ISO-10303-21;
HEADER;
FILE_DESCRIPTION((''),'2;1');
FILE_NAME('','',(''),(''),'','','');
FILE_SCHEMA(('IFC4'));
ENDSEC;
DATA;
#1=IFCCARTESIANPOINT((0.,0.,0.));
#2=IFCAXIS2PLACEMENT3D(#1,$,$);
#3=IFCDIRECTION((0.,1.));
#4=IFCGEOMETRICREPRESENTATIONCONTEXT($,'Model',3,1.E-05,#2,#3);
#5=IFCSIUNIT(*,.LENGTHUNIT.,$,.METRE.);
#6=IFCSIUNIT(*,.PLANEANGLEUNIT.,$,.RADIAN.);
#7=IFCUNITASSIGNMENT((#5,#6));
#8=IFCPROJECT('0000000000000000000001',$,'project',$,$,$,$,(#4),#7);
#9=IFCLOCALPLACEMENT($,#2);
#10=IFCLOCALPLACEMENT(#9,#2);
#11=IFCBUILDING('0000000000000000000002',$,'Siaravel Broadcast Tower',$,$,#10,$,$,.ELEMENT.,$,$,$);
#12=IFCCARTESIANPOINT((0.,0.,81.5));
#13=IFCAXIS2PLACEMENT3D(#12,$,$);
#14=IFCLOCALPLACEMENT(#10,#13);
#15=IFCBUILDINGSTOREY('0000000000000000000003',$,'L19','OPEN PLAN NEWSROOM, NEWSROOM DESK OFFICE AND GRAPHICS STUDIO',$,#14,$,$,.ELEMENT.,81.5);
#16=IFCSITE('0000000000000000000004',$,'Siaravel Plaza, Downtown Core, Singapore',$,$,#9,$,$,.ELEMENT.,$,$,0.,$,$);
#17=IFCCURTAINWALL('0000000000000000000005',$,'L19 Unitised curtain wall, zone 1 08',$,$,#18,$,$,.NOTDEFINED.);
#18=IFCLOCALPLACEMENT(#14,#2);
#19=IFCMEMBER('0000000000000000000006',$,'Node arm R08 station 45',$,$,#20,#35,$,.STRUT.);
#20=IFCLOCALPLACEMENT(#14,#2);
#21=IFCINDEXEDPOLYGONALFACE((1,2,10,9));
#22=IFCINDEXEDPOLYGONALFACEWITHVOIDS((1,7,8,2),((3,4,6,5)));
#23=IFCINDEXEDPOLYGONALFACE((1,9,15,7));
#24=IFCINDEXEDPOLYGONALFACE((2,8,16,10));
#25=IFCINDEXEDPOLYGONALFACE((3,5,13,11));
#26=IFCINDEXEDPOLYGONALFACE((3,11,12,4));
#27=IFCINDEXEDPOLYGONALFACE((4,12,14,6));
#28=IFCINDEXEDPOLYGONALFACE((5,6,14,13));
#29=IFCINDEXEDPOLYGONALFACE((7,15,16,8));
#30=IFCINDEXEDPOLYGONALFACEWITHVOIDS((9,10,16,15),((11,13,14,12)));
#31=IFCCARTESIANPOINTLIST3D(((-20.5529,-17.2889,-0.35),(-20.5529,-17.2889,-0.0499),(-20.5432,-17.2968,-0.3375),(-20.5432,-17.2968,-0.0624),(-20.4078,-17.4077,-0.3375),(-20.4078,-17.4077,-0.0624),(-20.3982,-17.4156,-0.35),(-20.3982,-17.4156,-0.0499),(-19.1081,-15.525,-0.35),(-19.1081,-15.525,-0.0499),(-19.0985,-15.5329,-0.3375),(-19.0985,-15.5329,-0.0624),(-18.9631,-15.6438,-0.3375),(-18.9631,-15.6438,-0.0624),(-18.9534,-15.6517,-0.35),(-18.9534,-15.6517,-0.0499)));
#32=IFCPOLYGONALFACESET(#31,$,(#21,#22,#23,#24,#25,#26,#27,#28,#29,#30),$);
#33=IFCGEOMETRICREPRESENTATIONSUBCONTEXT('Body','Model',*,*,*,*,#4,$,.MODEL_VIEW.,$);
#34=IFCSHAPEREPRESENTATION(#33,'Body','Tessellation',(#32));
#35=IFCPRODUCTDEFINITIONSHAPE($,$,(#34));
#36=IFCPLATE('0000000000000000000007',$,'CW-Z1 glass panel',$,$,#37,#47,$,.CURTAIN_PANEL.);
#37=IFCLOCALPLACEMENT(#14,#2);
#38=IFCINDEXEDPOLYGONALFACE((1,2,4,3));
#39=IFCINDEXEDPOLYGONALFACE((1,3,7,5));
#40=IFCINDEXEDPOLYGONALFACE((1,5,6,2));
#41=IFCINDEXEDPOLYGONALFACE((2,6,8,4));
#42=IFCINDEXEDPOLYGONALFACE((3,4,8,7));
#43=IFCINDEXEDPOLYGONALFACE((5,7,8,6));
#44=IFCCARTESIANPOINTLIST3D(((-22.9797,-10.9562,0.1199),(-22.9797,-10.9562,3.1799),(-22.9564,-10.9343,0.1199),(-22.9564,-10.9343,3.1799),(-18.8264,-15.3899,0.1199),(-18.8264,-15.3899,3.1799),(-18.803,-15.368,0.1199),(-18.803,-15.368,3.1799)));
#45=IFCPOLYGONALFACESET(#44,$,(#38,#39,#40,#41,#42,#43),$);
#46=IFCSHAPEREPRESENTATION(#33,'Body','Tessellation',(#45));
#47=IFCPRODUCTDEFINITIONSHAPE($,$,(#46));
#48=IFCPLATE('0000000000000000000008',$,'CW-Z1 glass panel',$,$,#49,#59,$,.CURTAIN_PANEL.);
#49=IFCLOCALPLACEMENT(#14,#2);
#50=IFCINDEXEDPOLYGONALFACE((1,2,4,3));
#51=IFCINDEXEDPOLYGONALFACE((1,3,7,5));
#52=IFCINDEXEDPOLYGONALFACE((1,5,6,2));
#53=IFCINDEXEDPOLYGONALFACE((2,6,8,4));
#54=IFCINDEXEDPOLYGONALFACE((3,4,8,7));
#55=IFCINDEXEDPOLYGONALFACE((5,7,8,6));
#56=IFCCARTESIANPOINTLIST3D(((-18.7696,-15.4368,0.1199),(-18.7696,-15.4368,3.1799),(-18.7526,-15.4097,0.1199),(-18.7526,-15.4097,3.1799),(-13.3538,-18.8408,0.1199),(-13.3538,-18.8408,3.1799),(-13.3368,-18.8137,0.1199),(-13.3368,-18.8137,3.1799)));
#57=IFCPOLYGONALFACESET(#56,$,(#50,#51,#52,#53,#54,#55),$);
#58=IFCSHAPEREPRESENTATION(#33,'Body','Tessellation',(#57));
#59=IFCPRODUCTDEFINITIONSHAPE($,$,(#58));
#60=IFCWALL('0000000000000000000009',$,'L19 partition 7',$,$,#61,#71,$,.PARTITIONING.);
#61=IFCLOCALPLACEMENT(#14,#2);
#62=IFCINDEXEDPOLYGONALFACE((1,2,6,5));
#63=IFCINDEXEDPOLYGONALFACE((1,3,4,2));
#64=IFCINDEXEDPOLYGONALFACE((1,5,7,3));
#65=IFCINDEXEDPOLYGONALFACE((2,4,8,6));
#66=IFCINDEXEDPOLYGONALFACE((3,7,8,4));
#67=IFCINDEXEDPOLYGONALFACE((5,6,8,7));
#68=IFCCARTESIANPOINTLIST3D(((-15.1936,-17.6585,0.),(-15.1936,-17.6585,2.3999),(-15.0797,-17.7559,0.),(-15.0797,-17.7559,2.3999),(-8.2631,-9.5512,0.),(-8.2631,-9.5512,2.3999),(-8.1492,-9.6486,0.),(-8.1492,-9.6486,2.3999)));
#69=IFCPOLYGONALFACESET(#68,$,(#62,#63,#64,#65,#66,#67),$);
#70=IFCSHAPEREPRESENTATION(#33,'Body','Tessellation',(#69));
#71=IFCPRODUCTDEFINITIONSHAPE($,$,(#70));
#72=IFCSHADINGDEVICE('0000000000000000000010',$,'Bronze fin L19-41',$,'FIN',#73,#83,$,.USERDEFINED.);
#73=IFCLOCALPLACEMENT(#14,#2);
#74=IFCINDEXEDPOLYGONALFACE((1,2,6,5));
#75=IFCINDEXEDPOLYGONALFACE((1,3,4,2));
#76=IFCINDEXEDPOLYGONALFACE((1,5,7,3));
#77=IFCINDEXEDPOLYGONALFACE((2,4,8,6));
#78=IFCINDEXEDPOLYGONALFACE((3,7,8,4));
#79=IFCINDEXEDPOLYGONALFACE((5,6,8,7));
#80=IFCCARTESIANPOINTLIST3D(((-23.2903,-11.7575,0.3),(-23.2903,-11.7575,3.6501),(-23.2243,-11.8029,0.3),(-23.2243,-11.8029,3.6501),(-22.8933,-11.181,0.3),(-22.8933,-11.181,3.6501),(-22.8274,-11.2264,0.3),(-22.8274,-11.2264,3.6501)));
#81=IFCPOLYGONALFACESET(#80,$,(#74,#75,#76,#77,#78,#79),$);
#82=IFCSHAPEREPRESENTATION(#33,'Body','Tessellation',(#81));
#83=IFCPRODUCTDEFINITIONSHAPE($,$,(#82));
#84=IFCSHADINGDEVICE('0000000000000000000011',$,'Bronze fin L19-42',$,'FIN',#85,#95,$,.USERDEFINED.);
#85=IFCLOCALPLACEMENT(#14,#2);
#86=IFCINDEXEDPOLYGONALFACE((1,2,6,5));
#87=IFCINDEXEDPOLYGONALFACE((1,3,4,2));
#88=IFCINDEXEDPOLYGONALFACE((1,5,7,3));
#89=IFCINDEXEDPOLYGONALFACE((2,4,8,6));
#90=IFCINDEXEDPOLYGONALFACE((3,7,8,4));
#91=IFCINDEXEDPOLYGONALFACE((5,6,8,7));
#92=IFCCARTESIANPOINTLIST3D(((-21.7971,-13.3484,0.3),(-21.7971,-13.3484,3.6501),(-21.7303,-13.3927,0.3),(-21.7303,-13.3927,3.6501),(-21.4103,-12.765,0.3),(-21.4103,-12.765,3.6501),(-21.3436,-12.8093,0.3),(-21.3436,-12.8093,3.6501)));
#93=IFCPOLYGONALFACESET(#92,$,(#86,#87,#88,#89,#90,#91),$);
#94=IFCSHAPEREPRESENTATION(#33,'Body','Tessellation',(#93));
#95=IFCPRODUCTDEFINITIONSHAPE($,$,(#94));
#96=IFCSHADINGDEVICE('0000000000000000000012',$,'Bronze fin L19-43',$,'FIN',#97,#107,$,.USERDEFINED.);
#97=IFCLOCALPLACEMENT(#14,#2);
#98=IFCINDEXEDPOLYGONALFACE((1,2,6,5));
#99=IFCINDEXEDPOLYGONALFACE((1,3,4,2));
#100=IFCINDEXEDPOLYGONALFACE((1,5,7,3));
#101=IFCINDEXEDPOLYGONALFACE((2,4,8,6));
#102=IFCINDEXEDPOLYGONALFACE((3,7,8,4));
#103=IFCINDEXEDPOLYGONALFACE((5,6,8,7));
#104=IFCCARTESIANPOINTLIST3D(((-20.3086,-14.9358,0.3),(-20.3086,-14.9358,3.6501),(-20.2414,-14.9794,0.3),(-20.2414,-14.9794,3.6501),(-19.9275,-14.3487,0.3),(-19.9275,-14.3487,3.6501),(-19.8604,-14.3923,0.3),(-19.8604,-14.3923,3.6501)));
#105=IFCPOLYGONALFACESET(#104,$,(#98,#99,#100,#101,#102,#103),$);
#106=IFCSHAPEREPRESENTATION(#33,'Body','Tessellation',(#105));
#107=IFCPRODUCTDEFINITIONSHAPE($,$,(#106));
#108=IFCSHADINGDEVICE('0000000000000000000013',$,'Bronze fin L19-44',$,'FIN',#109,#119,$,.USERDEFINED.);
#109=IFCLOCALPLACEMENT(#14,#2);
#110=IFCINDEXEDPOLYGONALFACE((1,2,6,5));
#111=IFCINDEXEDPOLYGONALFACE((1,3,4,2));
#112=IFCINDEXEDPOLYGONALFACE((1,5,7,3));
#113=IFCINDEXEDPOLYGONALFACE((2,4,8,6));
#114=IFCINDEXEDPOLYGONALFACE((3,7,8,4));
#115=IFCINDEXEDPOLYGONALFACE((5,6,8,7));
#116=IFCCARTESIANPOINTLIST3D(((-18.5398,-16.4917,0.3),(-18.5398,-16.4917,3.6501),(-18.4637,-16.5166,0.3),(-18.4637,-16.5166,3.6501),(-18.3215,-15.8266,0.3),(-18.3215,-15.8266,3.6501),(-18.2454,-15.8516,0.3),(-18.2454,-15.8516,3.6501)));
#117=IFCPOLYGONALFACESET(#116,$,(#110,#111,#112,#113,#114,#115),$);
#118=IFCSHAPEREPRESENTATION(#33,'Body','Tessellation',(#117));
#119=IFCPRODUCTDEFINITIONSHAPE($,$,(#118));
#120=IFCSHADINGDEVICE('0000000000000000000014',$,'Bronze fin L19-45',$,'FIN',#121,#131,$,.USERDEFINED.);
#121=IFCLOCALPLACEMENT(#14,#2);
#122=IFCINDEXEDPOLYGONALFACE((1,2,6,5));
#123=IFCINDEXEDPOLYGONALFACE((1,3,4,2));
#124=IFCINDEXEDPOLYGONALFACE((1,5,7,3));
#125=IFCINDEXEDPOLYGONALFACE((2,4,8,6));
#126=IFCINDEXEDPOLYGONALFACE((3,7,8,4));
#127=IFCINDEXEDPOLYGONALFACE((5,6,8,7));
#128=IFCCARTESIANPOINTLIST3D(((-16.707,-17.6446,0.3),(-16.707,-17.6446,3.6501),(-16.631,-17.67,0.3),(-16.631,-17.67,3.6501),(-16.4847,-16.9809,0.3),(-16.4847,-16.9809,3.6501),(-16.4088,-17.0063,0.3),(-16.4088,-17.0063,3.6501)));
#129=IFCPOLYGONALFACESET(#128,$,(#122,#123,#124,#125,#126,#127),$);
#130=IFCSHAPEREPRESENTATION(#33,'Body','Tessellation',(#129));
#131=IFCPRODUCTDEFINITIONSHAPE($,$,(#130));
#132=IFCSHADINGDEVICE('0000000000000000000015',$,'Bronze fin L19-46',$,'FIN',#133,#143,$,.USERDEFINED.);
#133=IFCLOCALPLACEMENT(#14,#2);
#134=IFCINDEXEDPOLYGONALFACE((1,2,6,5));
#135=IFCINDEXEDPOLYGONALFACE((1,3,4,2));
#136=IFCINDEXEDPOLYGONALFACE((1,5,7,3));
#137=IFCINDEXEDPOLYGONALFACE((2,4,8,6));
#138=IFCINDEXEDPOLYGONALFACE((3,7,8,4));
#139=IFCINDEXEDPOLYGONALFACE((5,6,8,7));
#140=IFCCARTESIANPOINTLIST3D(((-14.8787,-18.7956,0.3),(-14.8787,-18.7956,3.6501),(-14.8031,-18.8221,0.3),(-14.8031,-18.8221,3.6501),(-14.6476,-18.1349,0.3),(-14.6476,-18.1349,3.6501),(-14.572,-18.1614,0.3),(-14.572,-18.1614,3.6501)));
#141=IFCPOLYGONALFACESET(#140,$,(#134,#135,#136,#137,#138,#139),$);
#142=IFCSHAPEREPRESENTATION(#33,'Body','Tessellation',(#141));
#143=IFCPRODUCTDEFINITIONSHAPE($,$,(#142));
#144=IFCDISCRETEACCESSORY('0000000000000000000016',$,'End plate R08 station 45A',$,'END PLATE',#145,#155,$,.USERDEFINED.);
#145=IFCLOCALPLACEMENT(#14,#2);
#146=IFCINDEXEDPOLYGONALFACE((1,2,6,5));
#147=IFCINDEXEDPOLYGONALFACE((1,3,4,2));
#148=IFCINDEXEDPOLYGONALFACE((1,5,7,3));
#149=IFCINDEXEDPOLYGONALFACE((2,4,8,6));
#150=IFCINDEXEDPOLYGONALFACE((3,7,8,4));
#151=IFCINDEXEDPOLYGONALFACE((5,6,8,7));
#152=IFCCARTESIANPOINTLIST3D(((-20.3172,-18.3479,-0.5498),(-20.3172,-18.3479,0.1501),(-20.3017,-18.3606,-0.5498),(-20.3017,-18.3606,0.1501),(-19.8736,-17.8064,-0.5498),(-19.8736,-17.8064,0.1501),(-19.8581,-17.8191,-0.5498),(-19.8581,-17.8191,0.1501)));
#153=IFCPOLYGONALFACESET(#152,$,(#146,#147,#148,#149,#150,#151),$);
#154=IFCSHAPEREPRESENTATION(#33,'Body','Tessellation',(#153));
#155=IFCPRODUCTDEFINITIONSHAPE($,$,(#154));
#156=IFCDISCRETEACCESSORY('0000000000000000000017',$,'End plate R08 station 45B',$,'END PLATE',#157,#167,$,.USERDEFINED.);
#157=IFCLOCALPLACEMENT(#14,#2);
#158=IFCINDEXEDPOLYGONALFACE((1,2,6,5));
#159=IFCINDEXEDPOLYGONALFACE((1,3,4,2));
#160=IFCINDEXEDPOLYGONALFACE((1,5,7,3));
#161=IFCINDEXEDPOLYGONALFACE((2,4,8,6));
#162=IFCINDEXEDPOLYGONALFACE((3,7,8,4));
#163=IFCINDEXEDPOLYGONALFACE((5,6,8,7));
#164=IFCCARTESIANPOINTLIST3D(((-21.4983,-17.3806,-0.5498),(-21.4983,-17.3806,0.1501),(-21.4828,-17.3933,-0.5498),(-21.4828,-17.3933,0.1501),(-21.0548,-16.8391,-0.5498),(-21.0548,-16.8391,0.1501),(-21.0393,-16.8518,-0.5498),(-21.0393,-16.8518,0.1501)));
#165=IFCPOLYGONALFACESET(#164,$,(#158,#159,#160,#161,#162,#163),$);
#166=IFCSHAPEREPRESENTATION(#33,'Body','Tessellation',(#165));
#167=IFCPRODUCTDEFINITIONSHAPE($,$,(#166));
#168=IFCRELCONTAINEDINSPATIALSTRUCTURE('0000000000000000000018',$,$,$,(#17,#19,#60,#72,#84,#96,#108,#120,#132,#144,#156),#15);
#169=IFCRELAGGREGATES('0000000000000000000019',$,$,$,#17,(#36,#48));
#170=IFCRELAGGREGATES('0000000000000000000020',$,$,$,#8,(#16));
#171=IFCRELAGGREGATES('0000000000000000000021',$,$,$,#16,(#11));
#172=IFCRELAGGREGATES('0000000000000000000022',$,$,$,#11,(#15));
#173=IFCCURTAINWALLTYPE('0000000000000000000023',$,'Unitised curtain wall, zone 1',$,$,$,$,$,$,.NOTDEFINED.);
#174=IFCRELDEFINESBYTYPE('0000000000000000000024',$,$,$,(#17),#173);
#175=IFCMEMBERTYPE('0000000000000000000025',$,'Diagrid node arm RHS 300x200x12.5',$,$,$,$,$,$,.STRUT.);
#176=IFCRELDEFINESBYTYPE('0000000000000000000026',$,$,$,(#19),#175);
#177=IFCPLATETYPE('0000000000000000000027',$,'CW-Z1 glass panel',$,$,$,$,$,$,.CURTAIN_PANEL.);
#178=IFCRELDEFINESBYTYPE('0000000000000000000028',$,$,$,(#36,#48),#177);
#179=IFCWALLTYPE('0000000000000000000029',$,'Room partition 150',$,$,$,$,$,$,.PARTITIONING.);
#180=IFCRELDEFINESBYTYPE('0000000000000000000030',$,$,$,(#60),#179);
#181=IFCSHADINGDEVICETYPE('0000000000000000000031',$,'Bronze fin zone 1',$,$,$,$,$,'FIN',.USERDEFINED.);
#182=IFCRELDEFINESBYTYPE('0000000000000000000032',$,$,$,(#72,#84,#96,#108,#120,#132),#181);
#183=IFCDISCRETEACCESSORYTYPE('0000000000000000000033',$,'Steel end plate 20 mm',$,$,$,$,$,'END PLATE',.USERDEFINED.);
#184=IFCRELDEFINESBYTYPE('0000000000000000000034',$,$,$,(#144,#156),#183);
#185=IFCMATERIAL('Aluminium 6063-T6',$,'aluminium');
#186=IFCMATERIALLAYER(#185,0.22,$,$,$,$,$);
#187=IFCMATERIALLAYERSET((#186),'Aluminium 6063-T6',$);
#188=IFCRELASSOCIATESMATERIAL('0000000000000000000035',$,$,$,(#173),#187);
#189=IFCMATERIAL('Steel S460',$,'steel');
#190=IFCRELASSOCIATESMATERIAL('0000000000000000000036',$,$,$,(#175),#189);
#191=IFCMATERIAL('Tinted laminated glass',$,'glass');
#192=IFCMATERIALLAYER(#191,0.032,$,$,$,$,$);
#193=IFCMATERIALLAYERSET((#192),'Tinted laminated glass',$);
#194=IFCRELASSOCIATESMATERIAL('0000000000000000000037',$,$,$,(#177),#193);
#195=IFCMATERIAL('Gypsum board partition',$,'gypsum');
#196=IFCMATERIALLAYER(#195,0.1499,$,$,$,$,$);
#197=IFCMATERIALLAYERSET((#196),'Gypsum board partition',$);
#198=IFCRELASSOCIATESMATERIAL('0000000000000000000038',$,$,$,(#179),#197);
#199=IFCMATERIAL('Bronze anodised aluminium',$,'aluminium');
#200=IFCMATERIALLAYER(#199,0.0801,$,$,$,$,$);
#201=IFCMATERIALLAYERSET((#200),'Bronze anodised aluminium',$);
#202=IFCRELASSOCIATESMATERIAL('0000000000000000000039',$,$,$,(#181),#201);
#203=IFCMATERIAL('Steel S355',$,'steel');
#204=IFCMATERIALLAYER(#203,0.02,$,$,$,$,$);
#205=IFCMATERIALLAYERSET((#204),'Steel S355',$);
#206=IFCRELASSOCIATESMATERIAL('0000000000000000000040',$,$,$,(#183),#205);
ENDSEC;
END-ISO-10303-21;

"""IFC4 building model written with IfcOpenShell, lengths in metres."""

from ifc_helpers import new_model, si_unit, direction, frame, frame_2d, origin, origin_2d, place, context, subcontext, project, spatial, rectangle, hollow_rectangle, extrude, material, layer, layer_set, material_profile, profile_set, type_object, element, aggregate, save


model = new_model("IFC4")

# Units and contexts
model_context = context("Model", 3, precision=1e-05, world=origin(), true_north=direction((0.0, 1.0)))
body_context = subcontext(model_context, "Body", "Model", "MODEL_VIEW")
ifc_project = project(units=[si_unit("LENGTHUNIT", "METRE"), si_unit("PLANEANGLEUNIT", "RADIAN")], contexts=[model_context])

# Site, building, storey
site_placement = place(None, origin())
site = spatial("IfcSite", under=ifc_project, at=site_placement, Name="Siaravel Plaza, Downtown Core, Singapore", CompositionType="ELEMENT", RefElevation=0.0)
building_placement = place(site_placement, origin())
building = spatial("IfcBuilding", under=site, at=building_placement, Name="Siaravel Broadcast Tower", CompositionType="ELEMENT")
storey_placement = place(building_placement, frame((0.0, 0.0, 81.5)))
storey = spatial("IfcBuildingStorey", under=building, at=storey_placement, Name="L19", Description="OPEN PLAN NEWSROOM, NEWSROOM DESK OFFICE AND GRAPHICS STUDIO", CompositionType="ELEMENT", Elevation=81.5)

# Shared definitions
ifc_material_1 = material(Name="Steel S355", Category="steel")

# Curtain wall
ifc_material_2 = material(Name="Aluminium 6063-T6", Category="aluminium")
ifc_layer_1 = layer(ifc_material_2, 0.22)
ifc_layer_set_1 = layer_set([ifc_layer_1], Name="Aluminium 6063-T6")
curtain_wall_type = type_object("IfcCurtainWallType", Name="Unitised curtain wall, zone 1", PredefinedType="NOTDEFINED", material=ifc_layer_set_1)
curtain_wall_placement = place(storey_placement, origin())
curtain_wall = element("IfcCurtainWall", 1, at=curtain_wall_placement, inside=storey, type_object=curtain_wall_type, Name="L19 Unitised curtain wall, zone 1 08", PredefinedType="NOTDEFINED")

# Member
ifc_material_3 = material(Name="Steel S460", Category="steel")
ifc_material_profile_1 = material_profile(ifc_material_3, hollow_rectangle(XDim=0.2, YDim=0.3, WallThickness=0.0125, at=origin_2d()))
ifc_profile_set_1 = profile_set([ifc_material_profile_1], Name="Steel S460")
member_type_1 = type_object("IfcMemberType", Name="Diagrid node arm RHS 300x200x12.5", PredefinedType="STRUT", material=ifc_profile_set_1)
member_1_placement = place(storey_placement, frame((-19.0308, -15.5884, -0.2), z_axis=(-0.633663, -0.773609, 0.0), x_axis=(0.773609, -0.633663, 0.0)))
element("IfcMember", 2, at=member_1_placement, inside=storey, type_object=member_type_1, Name="Node arm R08 station 45", PredefinedType="STRUT", context=body_context, shape_type="SweptSolid", body=[
    extrude(hollow_rectangle(XDim=0.2, YDim=0.3, WallThickness=0.0125, at=origin_2d()), origin(), (0.0, 0.0, 1.0), 2.28),
])

# Plates
ifc_material_4 = material(Name="Tinted laminated glass", Category="glass")
ifc_layer_2 = layer(ifc_material_4, 0.032)
ifc_layer_set_2 = layer_set([ifc_layer_2], Name="Tinted laminated glass")
plate_type = type_object("IfcPlateType", Name="CW-Z1 glass panel", PredefinedType="CURTAIN_PANEL", material=ifc_layer_set_2)
plate_1_placement = place(storey_placement, frame((-20.8914, -13.1621, 0.1199), z_axis=(0.0, 0.0, 1.0), x_axis=(0.683655, -0.729806, 0.0)))
plate_1 = element("IfcPlate", 3, at=plate_1_placement, type_object=plate_type, Name="CW-Z1 glass panel", PredefinedType="CURTAIN_PANEL", context=body_context, shape_type="SweptSolid", body=[
    extrude(rectangle(XDim=6.0752, YDim=0.032, at=origin_2d()), origin(), (0.0, 0.0, 1.0), 3.0601),
])
plate_2_placement = place(storey_placement, frame((-16.0532, -17.1252, 0.1199), z_axis=(0.0, 0.0, 1.0), x_axis=(0.84665, -0.53215, 0.0)))
plate_2 = element("IfcPlate", 4, at=plate_2_placement, type_object=plate_type, Name="CW-Z1 glass panel", PredefinedType="CURTAIN_PANEL", context=body_context, shape_type="SweptSolid", body=[
    extrude(rectangle(XDim=6.3967, YDim=0.032, at=origin_2d()), origin(), (0.0, 0.0, 1.0), 3.0601),
])
aggregate(curtain_wall, [plate_1, plate_2])

# Wall
ifc_material_5 = material(Name="Gypsum board partition", Category="gypsum")
ifc_layer_3 = layer(ifc_material_5, 0.1499)
ifc_layer_set_3 = layer_set([ifc_layer_3], Name="Gypsum board partition")
wall_type = type_object("IfcWallType", Name="Room partition 150", PredefinedType="PARTITIONING", material=ifc_layer_set_3)
wall_placement = place(storey_placement, frame((-15.1367, -17.7073, 0.0), z_axis=(0.0, 0.0, 1.0), x_axis=(0.649786, 0.760117, 0.0)))
element("IfcWall", 5, at=wall_placement, inside=storey, type_object=wall_type, Name="L19 partition 7", PredefinedType="PARTITIONING", context=body_context, shape_type="SweptSolid", body=[
    extrude(rectangle(XDim=10.6658, YDim=0.1499, at=frame_2d((5.333, 0.0))), origin(), (0.0, 0.0, 1.0), 2.3999),
])

# Shading devices
ifc_material_6 = material(Name="Bronze anodised aluminium", Category="aluminium")
ifc_layer_4 = layer(ifc_material_6, 0.0801)
ifc_layer_set_4 = layer_set([ifc_layer_4], Name="Bronze anodised aluminium")
shading_device_type = type_object("IfcShadingDeviceType", Name="Bronze fin zone 1", ElementType="FIN", PredefinedType="USERDEFINED", material=ifc_layer_set_4)
for number, where, z_axis, x_axis, name in (
    (6, (-23.0588, -11.4919, 0.3), (0.0, 0.0, 1.0), (-0.567128, -0.82363, 0.0), "Bronze fin L19-41"),
    (7, (-21.5703, -13.0789, 0.3), (0.0, 0.0, 1.0), (-0.552551, -0.833479, 0.0), "Bronze fin L19-42"),
    (8, (-20.0845, -14.6641, 0.3), (0.0, 0.0, 1.0), (-0.544374, -0.838843, 0.0), "Bronze fin L19-43"),
    (9, (-18.3926, -16.1716, 0.3), (0.0, 0.0, 1.0), (-0.311852, -0.950131, 0.0), "Bronze fin L19-44"),
    (10, (-16.5579, -17.3254, 0.3), (0.0, 0.0, 1.0), (-0.31755, -0.948242, 0.0), "Bronze fin L19-45"),
    (11, (-14.7253, -18.4785, 0.3), (0.0, 0.0, 1.0), (-0.330145, -0.94393, 0.0), "Bronze fin L19-46"),
):
    element("IfcShadingDevice", number, at=place(storey_placement, frame(where, z_axis=z_axis, x_axis=x_axis)), inside=storey, type_object=shading_device_type, Name=name, ObjectType="FIN", PredefinedType="USERDEFINED", context=body_context, shape_type="SweptSolid", body=[
        extrude(rectangle(XDim=0.7, YDim=0.0801, at=origin_2d()), origin(), (0.0, 0.0, 1.0), 3.3501),
    ])

# Discrete accessories
ifc_layer_5 = layer(ifc_material_1, 0.02)
ifc_layer_set_5 = layer_set([ifc_layer_5], Name="Steel S355")
discrete_accessory_type = type_object("IfcDiscreteAccessoryType", Name="Steel end plate 20 mm", ElementType="END PLATE", PredefinedType="USERDEFINED", material=ifc_layer_set_5)
for number, where, z_axis, x_axis, name in (
    (12, (-20.0876, -18.0835, -0.5498), (0.0, 0.0, 1.0), (0.773604, -0.63367, 0.0), "End plate R08 station 45A"),
    (13, (-21.2688, -17.1162, -0.5498), (0.0, 0.0, 1.0), (0.773604, -0.63367, 0.0), "End plate R08 station 45B"),
):
    element("IfcDiscreteAccessory", number, at=place(storey_placement, frame(where, z_axis=z_axis, x_axis=x_axis)), inside=storey, type_object=discrete_accessory_type, Name=name, ObjectType="END PLATE", PredefinedType="USERDEFINED", context=body_context, shape_type="SweptSolid", body=[
        extrude(rectangle(XDim=0.02, YDim=0.7, at=origin_2d()), origin(), (0.0, 0.0, 1.0), 0.7),
    ])

save(model, "model.ifc")
